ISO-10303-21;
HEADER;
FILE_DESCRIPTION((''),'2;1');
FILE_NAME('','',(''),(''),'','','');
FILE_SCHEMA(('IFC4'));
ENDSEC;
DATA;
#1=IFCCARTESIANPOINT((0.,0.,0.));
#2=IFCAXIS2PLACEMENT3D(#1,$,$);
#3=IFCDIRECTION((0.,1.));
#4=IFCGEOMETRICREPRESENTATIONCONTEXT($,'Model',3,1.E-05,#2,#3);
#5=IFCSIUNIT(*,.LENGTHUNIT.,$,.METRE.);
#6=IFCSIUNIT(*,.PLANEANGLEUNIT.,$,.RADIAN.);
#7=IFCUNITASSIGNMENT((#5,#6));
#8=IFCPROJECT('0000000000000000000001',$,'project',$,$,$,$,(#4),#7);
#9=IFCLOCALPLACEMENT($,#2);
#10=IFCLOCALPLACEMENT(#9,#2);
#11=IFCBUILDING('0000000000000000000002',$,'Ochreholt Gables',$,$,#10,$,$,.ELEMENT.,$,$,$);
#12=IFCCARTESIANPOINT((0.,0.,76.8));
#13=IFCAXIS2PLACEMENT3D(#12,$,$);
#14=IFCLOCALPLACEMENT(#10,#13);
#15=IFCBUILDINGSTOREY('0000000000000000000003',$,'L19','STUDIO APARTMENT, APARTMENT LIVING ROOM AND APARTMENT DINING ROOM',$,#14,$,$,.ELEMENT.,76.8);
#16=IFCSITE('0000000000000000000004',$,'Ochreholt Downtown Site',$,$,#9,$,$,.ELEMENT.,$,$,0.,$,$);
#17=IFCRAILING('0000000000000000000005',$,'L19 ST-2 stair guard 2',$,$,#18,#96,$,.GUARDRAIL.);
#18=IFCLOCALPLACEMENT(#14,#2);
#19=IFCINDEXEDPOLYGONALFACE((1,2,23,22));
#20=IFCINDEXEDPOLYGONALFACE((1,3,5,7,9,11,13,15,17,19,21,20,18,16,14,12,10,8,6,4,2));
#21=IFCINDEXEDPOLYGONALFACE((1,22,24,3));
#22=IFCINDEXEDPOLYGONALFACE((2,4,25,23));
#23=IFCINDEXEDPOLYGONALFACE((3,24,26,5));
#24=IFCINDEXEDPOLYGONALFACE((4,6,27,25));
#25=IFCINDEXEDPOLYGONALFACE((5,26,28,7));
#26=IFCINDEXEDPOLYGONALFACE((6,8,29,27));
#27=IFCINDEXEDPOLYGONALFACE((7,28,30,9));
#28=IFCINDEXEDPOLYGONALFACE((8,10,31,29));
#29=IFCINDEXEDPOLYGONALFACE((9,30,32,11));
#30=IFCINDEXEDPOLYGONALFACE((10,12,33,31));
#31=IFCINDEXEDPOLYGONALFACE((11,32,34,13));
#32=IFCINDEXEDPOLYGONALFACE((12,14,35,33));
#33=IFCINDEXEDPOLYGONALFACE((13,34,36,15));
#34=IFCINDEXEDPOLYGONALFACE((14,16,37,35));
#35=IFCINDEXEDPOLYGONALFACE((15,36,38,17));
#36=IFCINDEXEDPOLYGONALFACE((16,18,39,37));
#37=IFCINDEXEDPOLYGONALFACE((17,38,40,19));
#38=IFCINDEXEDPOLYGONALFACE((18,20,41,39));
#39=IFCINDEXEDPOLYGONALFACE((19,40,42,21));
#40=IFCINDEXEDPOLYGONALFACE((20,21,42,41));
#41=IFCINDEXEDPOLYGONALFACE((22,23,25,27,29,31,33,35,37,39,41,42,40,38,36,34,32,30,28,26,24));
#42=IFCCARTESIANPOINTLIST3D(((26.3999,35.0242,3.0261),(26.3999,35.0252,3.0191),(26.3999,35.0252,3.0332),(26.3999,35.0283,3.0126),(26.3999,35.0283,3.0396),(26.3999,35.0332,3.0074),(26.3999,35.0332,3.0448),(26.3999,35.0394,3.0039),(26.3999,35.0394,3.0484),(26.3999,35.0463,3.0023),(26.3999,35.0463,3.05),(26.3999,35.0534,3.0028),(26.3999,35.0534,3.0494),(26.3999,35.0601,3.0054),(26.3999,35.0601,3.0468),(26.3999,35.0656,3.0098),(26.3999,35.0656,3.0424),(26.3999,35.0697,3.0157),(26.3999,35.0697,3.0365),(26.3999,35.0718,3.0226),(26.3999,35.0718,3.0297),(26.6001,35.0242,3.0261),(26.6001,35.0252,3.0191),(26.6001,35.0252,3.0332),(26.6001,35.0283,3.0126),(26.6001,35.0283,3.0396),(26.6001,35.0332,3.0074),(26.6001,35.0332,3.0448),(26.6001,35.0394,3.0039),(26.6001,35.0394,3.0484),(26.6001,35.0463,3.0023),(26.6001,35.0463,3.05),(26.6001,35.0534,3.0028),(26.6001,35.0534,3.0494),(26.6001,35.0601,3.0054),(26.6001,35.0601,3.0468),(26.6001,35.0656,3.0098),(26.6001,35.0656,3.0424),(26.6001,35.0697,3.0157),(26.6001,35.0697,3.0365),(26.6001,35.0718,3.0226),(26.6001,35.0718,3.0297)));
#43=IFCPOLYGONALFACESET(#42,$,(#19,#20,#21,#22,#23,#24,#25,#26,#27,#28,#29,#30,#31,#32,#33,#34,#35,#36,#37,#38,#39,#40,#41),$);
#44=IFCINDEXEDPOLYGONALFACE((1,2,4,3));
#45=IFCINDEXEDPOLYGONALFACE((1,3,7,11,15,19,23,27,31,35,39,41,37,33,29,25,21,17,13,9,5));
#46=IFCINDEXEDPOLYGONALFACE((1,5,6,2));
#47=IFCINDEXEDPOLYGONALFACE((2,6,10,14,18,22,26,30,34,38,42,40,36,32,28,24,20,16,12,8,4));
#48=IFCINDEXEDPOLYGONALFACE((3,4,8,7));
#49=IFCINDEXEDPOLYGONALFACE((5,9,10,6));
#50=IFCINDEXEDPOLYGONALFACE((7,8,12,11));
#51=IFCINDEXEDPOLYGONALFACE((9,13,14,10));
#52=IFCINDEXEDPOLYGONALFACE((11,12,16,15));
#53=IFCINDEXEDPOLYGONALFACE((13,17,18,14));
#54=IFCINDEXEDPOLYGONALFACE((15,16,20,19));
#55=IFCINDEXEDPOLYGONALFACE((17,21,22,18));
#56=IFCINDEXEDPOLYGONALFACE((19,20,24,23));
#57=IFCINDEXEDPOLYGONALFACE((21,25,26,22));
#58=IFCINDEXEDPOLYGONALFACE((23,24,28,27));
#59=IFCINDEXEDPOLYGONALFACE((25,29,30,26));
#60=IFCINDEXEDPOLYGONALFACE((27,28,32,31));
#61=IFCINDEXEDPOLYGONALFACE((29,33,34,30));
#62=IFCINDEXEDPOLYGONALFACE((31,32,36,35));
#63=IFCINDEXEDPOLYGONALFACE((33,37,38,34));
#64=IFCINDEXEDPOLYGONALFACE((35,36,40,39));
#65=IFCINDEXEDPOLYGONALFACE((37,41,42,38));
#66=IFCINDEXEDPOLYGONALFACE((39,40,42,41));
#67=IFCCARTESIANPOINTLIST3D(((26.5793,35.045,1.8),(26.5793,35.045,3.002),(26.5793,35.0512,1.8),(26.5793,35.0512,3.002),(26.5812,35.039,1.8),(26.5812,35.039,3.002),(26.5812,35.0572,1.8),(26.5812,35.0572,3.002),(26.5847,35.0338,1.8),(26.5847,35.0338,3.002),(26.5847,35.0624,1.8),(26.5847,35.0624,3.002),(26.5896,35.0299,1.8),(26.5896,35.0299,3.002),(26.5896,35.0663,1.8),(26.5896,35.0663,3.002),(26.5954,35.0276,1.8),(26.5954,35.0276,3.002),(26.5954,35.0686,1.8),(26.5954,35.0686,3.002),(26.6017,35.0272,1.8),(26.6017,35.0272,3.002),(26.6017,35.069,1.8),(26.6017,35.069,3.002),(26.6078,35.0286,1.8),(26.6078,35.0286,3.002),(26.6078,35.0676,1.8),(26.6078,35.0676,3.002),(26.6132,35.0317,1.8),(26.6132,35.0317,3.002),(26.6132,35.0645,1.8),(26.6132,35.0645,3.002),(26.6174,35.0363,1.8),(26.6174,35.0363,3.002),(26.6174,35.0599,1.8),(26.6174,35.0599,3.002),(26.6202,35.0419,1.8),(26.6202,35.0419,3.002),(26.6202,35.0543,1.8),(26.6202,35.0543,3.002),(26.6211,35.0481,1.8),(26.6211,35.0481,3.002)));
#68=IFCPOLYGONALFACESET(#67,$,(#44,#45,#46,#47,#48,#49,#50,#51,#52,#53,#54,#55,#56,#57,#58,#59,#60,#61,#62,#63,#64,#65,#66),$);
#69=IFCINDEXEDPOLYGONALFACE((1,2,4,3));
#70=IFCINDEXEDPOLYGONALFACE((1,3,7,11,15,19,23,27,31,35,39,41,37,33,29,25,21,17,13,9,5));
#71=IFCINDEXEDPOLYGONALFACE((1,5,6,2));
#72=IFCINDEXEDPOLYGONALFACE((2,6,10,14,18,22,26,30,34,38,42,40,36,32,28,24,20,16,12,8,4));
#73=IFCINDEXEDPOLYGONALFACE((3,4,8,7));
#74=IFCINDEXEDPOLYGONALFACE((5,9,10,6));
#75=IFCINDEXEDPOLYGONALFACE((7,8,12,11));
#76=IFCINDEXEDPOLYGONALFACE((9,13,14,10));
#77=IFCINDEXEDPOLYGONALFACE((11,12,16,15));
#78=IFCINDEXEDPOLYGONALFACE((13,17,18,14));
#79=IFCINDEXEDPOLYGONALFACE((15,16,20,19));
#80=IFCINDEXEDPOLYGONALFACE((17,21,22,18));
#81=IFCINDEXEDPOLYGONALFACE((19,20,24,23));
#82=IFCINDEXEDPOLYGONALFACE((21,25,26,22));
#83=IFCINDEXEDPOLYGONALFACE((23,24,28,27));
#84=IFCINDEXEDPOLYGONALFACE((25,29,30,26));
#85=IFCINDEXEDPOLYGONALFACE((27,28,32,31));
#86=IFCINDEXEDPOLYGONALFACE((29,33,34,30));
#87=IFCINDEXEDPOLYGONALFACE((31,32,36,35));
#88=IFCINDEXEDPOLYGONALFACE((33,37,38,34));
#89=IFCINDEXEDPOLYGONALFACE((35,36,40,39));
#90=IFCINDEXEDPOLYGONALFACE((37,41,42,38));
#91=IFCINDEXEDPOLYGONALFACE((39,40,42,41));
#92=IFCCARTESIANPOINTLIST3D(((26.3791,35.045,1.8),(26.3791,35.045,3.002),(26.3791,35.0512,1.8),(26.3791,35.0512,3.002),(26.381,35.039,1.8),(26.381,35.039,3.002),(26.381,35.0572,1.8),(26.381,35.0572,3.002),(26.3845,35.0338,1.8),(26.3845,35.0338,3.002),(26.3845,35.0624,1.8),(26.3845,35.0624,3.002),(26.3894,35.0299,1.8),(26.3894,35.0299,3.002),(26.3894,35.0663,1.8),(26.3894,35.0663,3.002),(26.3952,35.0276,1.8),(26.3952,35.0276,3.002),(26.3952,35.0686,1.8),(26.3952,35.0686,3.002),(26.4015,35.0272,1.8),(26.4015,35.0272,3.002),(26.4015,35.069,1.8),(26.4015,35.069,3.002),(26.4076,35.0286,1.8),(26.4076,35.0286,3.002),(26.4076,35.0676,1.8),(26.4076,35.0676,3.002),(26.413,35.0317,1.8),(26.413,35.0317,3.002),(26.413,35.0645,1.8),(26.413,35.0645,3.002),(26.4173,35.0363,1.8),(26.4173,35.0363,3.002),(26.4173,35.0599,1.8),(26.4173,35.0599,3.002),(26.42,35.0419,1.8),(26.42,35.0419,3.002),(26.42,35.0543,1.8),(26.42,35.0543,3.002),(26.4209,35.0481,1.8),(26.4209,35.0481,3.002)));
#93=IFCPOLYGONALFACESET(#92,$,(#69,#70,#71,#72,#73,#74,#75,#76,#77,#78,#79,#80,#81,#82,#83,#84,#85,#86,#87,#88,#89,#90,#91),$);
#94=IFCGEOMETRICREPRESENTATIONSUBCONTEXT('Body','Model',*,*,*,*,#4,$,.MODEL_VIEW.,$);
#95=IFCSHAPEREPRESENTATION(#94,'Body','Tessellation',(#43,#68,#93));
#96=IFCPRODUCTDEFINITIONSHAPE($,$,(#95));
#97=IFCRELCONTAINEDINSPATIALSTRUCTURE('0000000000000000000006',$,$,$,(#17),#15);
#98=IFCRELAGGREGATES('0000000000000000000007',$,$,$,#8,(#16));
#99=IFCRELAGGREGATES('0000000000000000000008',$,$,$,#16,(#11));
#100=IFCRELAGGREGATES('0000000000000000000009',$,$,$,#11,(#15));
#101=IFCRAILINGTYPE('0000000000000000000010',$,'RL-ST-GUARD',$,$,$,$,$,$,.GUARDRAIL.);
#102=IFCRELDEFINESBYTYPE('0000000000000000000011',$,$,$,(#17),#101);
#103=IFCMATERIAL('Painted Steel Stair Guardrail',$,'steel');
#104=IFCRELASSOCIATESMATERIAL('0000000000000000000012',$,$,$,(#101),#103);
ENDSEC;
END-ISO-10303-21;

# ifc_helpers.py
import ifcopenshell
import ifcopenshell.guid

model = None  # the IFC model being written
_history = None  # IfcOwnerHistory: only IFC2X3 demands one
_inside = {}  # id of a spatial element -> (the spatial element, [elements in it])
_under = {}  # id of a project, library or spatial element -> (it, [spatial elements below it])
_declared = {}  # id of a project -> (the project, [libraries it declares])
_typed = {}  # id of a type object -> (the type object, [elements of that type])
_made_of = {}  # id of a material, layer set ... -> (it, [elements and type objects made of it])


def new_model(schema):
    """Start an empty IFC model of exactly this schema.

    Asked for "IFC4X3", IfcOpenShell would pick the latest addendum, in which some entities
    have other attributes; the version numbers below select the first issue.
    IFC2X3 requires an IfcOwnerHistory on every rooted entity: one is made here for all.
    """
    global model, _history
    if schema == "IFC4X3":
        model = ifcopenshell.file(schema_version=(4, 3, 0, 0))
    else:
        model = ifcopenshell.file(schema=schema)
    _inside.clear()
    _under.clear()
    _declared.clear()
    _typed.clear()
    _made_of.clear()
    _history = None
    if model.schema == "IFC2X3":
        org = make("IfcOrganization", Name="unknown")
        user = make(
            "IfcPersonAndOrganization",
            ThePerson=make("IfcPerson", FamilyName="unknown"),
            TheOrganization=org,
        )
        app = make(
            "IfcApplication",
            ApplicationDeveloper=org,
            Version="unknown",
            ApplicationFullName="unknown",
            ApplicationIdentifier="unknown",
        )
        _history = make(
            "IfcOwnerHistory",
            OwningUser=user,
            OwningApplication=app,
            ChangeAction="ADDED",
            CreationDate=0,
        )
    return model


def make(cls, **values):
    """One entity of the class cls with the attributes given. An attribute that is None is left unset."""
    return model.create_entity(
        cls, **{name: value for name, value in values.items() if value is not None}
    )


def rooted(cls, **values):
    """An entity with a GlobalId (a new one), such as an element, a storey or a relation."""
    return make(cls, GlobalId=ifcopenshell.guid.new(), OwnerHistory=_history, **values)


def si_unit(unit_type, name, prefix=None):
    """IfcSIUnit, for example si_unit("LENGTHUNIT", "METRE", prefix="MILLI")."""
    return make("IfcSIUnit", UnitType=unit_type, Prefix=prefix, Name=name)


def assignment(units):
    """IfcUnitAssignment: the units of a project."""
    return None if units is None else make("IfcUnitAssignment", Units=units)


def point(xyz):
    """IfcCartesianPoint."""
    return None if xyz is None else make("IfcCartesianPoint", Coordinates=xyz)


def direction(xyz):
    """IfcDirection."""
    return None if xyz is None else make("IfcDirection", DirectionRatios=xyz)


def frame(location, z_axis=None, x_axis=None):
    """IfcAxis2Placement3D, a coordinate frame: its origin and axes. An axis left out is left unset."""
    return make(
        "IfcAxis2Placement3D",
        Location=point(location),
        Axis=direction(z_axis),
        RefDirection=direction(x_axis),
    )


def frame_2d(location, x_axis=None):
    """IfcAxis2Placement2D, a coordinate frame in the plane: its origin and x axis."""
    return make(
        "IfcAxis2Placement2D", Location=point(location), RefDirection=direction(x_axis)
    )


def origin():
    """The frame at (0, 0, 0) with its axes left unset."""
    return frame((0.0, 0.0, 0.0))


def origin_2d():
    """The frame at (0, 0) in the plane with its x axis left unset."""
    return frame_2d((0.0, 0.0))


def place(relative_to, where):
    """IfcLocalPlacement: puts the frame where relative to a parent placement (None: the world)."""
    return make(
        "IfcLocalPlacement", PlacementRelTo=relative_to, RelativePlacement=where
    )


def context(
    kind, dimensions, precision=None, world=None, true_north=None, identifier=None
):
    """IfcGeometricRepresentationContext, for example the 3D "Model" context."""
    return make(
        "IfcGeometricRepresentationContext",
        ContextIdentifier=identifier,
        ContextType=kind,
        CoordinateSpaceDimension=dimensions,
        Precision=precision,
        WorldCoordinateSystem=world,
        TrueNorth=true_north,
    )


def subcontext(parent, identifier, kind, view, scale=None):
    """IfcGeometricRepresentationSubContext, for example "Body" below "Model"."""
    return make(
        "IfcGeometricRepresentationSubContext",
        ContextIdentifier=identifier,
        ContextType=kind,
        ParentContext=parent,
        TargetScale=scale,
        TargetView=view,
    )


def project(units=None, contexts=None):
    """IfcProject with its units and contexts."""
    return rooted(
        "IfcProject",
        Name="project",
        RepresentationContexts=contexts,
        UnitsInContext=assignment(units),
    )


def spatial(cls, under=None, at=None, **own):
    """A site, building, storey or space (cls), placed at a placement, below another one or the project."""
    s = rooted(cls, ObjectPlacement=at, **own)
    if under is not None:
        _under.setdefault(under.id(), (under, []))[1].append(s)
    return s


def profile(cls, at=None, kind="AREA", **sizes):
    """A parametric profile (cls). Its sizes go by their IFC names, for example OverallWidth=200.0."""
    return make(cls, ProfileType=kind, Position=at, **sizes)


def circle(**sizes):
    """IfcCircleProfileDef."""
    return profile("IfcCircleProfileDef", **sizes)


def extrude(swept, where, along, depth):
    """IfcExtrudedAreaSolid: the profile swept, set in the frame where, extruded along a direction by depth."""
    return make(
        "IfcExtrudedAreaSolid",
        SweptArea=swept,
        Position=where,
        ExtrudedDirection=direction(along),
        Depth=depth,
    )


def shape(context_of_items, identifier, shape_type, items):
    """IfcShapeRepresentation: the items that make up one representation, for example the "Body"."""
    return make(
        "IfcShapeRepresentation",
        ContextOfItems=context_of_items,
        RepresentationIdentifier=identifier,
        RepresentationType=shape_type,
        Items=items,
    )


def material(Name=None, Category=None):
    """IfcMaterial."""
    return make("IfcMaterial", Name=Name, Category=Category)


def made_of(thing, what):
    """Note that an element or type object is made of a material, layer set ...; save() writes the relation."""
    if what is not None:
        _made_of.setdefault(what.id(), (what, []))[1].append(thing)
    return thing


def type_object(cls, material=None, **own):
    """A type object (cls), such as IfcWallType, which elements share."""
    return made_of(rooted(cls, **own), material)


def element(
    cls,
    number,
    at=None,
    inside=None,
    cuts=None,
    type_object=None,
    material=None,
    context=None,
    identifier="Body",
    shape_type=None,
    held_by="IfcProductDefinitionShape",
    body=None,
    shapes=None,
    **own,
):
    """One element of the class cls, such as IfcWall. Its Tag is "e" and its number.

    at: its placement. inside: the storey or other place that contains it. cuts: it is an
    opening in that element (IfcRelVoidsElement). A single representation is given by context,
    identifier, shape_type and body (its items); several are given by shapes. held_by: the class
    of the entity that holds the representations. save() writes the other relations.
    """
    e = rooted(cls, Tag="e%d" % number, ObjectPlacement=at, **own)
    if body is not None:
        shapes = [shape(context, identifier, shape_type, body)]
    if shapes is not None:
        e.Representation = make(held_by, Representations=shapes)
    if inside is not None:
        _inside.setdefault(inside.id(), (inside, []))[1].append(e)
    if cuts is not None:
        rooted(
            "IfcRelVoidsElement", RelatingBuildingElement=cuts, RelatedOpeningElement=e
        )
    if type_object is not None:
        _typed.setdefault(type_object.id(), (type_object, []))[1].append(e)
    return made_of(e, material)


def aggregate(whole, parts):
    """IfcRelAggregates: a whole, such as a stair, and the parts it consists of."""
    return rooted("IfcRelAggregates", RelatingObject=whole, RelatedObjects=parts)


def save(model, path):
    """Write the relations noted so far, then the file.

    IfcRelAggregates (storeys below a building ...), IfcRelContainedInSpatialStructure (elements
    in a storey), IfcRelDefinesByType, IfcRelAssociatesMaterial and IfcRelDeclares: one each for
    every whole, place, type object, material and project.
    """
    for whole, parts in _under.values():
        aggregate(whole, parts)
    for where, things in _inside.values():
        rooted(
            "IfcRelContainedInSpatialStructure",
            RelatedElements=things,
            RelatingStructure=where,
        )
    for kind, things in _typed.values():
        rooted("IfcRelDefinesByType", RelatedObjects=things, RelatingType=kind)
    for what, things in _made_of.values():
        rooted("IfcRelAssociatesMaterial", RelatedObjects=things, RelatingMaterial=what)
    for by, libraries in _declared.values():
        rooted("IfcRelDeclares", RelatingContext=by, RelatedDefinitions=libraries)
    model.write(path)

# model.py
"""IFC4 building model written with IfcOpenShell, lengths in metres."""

from ifc_helpers import new_model, si_unit, direction, frame, origin, origin_2d, place, context, subcontext, project, spatial, circle, extrude, material, type_object, element, save


model = new_model("IFC4")

# Units and contexts
model_context = context("Model", 3, precision=1e-05, world=origin(), true_north=direction((0.0, 1.0)))
body_context = subcontext(model_context, "Body", "Model", "MODEL_VIEW")
ifc_project = project(units=[si_unit("LENGTHUNIT", "METRE"), si_unit("PLANEANGLEUNIT", "RADIAN")], contexts=[model_context])

# Site, building, storey
site_placement = place(None, origin())
site = spatial("IfcSite", under=ifc_project, at=site_placement, Name="Ochreholt Downtown Site", CompositionType="ELEMENT", RefElevation=0.0)
building_placement = place(site_placement, origin())
building = spatial("IfcBuilding", under=site, at=building_placement, Name="Ochreholt Gables", CompositionType="ELEMENT")
storey_placement = place(building_placement, frame((0.0, 0.0, 76.8)))
storey = spatial("IfcBuildingStorey", under=building, at=storey_placement, Name="L19", Description="STUDIO APARTMENT, APARTMENT LIVING ROOM AND APARTMENT DINING ROOM", CompositionType="ELEMENT", Elevation=76.8)

# Railing
ifc_material_1 = material(Name="Painted Steel Stair Guardrail", Category="steel")
railing_type_1 = type_object("IfcRailingType", Name="RL-ST-GUARD", PredefinedType="GUARDRAIL", material=ifc_material_1)
railing_1_placement = place(storey_placement, frame((26.6001, 35.0481, 1.8)))
element("IfcRailing", 1, at=railing_1_placement, inside=storey, type_object=railing_type_1, Name="L19 ST-2 stair guard 2", PredefinedType="GUARDRAIL", context=body_context, shape_type="SweptSolid", body=[
    extrude(circle(Radius=0.0239, at=origin_2d()), frame((0.0, 0.0, 1.2261), z_axis=(-1.0, 0.0, 0.0), x_axis=(0.0, -1.0, 0.0)), (0.0, 0.0, 1.0), 0.2002),
    extrude(circle(Radius=0.021, at=origin_2d()), origin(), (0.0, 0.0, 1.0), 1.2019),
    extrude(circle(Radius=0.021, at=origin_2d()), frame((-0.2002, 0.0, 0.0)), (0.0, 0.0, 1.0), 1.2019),
])

save(model, "model.ifc")
